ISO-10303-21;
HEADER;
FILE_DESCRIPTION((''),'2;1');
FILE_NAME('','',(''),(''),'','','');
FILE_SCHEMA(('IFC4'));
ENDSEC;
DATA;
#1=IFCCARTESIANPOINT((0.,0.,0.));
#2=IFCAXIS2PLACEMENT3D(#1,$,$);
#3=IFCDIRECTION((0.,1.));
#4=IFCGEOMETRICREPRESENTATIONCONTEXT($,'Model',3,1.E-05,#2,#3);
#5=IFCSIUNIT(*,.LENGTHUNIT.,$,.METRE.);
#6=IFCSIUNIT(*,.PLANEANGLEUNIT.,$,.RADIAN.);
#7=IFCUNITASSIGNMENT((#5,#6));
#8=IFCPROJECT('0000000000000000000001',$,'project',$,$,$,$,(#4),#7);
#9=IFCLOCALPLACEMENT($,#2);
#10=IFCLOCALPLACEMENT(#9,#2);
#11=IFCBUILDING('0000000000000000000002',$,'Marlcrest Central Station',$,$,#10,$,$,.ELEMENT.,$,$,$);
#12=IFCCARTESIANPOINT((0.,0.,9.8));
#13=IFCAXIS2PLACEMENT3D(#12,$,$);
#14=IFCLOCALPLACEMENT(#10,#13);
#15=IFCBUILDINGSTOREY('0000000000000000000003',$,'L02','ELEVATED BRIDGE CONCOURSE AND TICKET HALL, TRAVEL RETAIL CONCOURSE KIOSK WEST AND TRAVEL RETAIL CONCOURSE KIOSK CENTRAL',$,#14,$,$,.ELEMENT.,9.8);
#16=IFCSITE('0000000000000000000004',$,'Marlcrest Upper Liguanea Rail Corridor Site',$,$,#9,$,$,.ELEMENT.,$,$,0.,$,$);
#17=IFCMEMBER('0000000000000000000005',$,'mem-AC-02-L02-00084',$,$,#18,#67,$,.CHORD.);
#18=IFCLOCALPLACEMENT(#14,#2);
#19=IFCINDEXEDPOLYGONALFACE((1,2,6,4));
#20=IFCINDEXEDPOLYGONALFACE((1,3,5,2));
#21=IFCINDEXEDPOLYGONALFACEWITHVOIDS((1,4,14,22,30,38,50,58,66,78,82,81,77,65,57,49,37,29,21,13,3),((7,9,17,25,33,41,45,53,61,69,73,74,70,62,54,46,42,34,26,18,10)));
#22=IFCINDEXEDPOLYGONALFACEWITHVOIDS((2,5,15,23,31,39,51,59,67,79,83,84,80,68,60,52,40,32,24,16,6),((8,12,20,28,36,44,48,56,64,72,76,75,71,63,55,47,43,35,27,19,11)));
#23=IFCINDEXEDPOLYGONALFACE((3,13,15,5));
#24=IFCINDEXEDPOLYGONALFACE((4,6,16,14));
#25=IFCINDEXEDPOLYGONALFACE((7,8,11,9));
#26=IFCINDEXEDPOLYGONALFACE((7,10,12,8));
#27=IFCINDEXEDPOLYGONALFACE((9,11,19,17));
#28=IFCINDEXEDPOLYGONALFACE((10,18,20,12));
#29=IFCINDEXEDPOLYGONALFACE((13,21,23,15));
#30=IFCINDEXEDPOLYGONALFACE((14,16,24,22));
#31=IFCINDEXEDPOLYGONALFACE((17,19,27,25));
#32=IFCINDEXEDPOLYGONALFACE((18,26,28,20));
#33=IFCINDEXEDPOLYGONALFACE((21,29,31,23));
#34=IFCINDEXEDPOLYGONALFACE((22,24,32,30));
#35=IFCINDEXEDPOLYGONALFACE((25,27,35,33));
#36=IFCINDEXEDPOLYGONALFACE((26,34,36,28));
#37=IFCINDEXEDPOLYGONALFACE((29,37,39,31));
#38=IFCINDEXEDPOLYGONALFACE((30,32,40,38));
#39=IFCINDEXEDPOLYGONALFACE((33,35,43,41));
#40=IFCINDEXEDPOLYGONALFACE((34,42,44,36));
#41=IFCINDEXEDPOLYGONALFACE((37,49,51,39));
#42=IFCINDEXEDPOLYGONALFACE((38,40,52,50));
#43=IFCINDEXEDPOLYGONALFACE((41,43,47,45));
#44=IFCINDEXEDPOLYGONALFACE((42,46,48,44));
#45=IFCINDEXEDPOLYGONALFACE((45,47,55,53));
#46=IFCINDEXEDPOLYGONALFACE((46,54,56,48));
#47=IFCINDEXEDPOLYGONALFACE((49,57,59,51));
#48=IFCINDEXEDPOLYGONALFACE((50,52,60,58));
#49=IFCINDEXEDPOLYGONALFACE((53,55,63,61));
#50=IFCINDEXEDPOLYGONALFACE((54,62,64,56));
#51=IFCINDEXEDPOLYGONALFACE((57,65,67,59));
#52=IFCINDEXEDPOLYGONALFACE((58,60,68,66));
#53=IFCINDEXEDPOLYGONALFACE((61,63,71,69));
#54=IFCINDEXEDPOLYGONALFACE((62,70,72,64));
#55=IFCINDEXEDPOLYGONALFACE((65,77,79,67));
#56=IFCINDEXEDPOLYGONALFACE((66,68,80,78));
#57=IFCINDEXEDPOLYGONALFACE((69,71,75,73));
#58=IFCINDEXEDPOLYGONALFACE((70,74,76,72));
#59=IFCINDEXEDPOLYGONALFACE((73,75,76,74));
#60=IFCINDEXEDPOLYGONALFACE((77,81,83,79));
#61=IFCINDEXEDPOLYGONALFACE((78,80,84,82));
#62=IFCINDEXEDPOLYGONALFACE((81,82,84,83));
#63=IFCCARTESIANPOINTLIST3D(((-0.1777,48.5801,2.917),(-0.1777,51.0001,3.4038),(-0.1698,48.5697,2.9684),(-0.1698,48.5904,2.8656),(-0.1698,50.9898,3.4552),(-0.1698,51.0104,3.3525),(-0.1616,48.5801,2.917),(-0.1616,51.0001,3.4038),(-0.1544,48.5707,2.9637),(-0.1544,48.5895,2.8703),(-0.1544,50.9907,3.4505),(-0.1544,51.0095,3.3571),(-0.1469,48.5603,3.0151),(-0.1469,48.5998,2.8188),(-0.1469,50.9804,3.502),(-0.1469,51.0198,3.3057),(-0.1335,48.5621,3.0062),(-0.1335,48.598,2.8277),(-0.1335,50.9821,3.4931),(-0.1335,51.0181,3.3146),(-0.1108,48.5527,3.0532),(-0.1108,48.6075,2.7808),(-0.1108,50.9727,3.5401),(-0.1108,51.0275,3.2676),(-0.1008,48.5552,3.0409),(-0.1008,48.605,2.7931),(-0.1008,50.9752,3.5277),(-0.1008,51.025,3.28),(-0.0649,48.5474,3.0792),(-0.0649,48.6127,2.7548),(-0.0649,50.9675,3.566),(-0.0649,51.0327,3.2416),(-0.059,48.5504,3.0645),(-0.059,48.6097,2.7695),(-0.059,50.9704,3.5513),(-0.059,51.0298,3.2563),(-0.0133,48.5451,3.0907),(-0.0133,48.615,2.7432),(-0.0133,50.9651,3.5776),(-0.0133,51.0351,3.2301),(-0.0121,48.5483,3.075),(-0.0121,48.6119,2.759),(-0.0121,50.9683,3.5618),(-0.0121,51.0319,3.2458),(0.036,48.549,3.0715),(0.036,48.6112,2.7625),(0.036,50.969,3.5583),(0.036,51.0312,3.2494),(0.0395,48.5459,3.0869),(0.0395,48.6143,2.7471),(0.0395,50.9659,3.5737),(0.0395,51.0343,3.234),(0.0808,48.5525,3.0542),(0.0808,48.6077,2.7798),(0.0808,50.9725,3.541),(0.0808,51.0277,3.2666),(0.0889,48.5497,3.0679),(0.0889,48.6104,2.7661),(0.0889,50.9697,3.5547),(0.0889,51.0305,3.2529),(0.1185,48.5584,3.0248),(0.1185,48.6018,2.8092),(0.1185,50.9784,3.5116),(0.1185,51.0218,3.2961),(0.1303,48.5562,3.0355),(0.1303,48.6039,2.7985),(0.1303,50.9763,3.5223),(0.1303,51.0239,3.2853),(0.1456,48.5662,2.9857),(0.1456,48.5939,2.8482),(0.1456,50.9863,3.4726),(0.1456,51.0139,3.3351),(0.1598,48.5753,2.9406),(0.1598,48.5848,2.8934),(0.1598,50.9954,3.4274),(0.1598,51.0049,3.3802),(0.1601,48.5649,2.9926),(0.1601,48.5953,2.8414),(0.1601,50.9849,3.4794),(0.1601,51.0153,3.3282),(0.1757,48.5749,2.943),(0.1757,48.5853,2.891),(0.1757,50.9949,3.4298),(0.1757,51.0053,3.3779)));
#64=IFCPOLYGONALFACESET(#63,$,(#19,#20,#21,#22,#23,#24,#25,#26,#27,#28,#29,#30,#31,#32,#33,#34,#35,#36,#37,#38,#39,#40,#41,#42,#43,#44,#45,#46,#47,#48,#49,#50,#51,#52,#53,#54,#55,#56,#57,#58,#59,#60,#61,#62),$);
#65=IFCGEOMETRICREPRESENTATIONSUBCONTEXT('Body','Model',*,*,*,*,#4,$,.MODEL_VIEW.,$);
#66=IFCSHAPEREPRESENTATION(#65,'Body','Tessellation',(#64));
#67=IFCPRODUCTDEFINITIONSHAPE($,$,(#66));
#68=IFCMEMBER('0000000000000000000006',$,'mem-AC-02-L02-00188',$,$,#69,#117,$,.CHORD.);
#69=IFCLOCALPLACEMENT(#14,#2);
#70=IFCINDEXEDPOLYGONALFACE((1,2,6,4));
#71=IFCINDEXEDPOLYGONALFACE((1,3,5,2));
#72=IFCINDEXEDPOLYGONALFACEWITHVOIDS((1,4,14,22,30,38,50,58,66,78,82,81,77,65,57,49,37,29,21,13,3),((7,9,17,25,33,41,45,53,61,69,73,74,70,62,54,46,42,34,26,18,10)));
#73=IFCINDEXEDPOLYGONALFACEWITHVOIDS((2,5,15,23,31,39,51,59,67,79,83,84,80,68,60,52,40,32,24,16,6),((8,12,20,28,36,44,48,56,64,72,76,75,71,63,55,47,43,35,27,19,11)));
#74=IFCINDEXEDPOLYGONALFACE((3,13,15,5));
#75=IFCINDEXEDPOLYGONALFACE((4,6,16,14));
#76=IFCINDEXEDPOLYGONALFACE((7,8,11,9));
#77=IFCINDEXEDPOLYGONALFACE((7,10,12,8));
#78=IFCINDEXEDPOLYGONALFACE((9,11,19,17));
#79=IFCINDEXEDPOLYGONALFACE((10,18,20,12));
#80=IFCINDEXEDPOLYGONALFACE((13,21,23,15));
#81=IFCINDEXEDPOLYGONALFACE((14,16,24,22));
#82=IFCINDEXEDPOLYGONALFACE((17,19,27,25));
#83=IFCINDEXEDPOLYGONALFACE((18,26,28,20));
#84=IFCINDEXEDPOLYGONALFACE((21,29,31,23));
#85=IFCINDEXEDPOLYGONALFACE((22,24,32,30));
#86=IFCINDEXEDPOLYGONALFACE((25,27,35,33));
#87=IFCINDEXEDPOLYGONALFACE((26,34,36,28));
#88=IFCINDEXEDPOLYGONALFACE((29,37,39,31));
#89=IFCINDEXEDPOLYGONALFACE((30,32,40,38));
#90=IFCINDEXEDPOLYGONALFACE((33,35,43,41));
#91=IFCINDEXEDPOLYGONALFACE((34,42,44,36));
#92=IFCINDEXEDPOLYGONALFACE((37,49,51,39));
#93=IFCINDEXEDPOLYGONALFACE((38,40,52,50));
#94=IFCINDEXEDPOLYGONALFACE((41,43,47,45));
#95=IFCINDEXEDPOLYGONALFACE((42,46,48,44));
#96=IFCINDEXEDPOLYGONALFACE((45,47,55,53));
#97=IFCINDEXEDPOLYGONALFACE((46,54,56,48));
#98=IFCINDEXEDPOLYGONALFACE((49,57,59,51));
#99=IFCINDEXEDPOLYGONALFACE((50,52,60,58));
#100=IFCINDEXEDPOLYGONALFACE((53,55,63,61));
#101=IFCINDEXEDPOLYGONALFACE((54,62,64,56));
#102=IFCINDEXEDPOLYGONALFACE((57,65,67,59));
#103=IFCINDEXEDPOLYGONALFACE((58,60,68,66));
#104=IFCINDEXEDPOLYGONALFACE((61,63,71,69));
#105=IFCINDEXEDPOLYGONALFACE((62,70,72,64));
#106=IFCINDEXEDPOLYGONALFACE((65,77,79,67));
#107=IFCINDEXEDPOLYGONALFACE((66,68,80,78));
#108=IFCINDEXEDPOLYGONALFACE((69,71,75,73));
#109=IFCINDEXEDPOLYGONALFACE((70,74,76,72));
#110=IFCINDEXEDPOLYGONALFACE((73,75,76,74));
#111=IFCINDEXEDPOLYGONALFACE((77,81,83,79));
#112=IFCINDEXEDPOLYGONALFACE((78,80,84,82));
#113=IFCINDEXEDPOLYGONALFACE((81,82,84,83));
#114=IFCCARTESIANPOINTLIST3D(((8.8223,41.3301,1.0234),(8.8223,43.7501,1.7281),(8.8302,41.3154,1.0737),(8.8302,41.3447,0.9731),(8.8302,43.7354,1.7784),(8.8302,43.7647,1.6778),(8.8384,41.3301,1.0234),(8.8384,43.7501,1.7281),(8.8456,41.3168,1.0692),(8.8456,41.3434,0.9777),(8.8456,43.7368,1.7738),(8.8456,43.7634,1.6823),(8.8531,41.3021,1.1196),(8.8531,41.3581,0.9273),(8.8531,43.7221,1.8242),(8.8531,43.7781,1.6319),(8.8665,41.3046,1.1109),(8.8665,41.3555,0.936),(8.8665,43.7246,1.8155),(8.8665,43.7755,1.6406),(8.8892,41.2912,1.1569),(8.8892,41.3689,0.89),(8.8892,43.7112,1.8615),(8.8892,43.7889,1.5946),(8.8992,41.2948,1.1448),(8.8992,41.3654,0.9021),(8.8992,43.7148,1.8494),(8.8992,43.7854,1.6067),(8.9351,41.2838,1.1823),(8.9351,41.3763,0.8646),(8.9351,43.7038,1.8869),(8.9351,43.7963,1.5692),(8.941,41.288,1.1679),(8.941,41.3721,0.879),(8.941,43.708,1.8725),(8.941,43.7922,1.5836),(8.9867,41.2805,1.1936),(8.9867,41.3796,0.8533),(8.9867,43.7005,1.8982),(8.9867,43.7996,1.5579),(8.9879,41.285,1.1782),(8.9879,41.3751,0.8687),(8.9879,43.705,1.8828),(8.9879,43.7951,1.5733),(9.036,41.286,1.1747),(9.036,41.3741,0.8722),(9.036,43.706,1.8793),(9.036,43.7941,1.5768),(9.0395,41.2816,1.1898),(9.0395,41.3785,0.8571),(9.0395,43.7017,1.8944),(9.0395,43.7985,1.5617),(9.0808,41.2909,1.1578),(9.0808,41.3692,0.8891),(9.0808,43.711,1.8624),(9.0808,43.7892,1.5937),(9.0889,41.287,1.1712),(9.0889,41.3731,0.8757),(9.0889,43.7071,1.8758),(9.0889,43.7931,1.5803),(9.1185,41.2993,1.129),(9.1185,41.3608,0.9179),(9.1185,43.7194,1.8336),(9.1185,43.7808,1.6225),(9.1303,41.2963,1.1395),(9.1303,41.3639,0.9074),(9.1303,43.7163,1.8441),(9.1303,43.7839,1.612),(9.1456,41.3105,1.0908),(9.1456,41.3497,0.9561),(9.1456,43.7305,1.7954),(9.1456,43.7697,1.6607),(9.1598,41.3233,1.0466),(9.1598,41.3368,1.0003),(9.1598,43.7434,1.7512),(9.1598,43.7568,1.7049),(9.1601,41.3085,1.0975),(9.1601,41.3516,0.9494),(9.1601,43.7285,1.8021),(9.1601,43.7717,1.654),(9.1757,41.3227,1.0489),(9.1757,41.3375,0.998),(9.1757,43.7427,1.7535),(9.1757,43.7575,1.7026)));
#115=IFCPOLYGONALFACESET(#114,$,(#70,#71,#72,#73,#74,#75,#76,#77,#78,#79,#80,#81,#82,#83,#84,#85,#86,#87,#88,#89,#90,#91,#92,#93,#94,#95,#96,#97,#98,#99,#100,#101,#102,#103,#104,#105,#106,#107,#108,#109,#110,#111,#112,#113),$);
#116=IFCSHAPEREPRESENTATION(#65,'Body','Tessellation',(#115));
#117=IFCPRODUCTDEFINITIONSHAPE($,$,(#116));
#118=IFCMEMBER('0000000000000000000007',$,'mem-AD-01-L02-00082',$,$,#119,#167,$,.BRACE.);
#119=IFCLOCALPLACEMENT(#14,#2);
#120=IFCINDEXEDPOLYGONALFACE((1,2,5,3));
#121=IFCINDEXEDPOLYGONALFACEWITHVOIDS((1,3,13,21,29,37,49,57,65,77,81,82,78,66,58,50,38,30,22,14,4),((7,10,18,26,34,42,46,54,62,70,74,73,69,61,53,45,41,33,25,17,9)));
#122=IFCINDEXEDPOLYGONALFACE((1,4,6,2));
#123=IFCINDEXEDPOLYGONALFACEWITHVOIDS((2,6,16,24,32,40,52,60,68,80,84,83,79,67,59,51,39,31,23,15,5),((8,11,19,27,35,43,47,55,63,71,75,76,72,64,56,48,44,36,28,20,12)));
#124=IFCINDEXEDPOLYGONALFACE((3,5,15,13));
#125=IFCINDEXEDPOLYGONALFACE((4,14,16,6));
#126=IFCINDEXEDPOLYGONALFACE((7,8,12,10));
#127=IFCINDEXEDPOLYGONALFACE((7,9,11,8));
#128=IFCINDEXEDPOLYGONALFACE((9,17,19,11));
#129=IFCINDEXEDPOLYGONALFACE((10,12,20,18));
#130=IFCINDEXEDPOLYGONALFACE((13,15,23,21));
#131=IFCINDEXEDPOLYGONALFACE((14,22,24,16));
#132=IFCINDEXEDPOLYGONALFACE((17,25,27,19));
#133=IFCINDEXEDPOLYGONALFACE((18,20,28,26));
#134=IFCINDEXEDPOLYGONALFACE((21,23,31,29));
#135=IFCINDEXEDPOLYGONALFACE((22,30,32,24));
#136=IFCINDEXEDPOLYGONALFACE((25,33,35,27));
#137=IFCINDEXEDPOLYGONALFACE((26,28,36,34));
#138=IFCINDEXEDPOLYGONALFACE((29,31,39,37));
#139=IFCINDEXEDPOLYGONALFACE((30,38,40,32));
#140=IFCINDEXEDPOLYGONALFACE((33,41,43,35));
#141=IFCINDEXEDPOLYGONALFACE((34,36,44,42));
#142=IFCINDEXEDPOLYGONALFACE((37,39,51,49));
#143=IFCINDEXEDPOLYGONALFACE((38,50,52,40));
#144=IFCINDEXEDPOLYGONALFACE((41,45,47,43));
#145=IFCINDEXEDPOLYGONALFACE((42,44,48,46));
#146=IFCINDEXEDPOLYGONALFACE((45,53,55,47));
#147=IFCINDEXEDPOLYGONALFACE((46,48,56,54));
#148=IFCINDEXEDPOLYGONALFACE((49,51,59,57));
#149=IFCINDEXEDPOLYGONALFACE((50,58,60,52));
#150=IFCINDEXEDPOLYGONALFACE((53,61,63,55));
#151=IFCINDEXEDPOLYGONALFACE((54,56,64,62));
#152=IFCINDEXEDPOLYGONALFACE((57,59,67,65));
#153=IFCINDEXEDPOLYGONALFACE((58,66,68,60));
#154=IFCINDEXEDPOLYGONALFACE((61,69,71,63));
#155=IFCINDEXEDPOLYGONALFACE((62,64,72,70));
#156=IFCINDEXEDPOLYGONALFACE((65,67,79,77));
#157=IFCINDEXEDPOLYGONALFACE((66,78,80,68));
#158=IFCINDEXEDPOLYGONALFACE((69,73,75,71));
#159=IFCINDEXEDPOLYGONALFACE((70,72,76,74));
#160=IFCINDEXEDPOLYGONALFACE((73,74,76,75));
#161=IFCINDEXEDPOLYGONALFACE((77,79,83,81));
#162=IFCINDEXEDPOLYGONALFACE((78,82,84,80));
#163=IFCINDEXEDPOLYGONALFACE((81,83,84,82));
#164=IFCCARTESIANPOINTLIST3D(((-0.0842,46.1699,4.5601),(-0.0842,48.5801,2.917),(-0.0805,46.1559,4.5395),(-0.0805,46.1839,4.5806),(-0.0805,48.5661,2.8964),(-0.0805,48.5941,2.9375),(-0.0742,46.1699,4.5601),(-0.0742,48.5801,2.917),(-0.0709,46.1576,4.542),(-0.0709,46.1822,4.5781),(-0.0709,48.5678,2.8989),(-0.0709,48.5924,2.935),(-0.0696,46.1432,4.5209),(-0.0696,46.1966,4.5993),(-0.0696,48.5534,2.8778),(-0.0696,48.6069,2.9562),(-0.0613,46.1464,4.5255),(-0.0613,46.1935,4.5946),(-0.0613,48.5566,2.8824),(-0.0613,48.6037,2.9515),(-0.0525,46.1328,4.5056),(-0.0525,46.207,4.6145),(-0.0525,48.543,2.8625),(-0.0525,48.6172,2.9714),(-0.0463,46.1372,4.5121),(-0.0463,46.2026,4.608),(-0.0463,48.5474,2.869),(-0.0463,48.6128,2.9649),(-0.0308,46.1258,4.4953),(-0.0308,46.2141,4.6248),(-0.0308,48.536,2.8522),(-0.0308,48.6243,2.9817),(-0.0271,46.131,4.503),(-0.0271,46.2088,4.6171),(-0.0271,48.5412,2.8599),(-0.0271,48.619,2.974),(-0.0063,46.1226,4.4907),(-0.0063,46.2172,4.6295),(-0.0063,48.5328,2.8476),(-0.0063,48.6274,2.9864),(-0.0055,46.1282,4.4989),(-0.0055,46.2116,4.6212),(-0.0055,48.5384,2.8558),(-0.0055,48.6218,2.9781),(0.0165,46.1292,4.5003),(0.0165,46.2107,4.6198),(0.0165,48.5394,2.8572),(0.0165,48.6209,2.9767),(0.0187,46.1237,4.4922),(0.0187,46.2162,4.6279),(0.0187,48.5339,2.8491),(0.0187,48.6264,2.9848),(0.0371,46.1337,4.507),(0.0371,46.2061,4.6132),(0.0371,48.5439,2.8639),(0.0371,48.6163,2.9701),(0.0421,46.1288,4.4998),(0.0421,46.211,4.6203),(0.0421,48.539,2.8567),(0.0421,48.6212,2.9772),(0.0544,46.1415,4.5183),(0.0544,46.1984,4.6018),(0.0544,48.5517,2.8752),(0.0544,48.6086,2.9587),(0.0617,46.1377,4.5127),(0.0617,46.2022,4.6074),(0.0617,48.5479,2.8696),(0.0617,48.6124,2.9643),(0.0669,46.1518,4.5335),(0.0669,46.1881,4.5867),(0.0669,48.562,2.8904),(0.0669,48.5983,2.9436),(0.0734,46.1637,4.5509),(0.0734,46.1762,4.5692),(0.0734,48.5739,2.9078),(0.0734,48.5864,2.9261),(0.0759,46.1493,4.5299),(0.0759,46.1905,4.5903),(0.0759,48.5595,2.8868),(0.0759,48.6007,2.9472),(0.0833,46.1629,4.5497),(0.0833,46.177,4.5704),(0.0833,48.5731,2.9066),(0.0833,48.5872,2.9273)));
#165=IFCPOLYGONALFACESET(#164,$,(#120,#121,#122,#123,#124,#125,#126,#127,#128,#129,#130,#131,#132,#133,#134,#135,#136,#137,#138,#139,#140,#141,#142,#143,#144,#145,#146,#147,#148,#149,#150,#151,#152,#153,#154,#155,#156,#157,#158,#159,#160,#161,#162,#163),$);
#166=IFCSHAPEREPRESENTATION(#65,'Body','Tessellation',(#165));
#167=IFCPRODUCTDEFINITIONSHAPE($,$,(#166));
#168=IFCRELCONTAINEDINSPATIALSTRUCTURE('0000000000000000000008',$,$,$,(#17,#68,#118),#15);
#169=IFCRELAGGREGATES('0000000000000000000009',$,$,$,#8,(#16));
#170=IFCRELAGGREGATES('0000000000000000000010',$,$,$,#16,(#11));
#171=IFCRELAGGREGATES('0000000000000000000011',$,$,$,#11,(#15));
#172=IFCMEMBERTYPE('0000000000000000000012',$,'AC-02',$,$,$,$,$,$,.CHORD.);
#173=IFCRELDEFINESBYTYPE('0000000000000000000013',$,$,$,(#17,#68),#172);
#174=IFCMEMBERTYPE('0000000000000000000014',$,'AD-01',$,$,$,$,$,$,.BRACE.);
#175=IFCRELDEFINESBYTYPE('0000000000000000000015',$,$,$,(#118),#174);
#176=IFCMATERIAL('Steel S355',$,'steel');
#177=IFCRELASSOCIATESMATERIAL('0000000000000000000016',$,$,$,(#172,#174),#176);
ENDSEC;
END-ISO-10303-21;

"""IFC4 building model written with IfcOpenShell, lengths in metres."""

from ifc_helpers import new_model, si_unit, direction, frame, origin, origin_2d, place, context, subcontext, project, spatial, hollow_circle, extrude, material, material_profile, profile_set, type_object, element, save


model = new_model("IFC4")

# Units and contexts
model_context = context("Model", 3, precision=1e-05, world=origin(), true_north=direction((0.0, 1.0)))
body_context = subcontext(model_context, "Body", "Model", "MODEL_VIEW")
ifc_project = project(units=[si_unit("LENGTHUNIT", "METRE"), si_unit("PLANEANGLEUNIT", "RADIAN")], contexts=[model_context])

# Site, building, storey
site_placement = place(None, origin())
site = spatial("IfcSite", under=ifc_project, at=site_placement, Name="Marlcrest Upper Liguanea Rail Corridor Site", CompositionType="ELEMENT", RefElevation=0.0)
building_placement = place(site_placement, origin())
building = spatial("IfcBuilding", under=site, at=building_placement, Name="Marlcrest Central Station", CompositionType="ELEMENT")
storey_placement = place(building_placement, frame((0.0, 0.0, 9.8)))
storey = spatial("IfcBuildingStorey", under=building, at=storey_placement, Name="L02", Description="ELEVATED BRIDGE CONCOURSE AND TICKET HALL, TRAVEL RETAIL CONCOURSE KIOSK WEST AND TRAVEL RETAIL CONCOURSE KIOSK CENTRAL", CompositionType="ELEMENT", Elevation=9.8)

# Members
ifc_material_1 = material(Name="Steel S355", Category="steel")
ifc_material_profile_1 = material_profile(ifc_material_1, hollow_circle(Radius=0.1777, WallThickness=0.0161, at=origin_2d()), Name="CHS 355.6x16")
ifc_profile_set_1 = profile_set([ifc_material_profile_1], Name="Steel S355")
member_type_1 = type_object("IfcMemberType", Name="AC-02", PredefinedType="CHORD", material=ifc_profile_set_1)
member_1_placement = place(storey_placement, frame((0.0, 48.5801, 2.917), z_axis=(0.0, 0.980359, 0.197219), x_axis=(-1.0, 0.0, 0.0)))
element("IfcMember", 1, at=member_1_placement, inside=storey, type_object=member_type_1, Name="mem-AC-02-L02-00084", PredefinedType="CHORD", context=body_context, shape_type="SweptSolid", body=[
    extrude(hollow_circle(Radius=0.1777, WallThickness=0.0161, at=origin_2d()), origin(), (0.0, 0.0, 1.0), 2.4685),
])
member_2_placement = place(storey_placement, frame((9.0, 41.3301, 1.0234), z_axis=(0.0, 0.96013, 0.279554), x_axis=(-1.0, 0.0, 0.0)))
element("IfcMember", 2, at=member_2_placement, inside=storey, type_object=member_type_1, Name="mem-AC-02-L02-00188", PredefinedType="CHORD", context=body_context, shape_type="SweptSolid", body=[
    extrude(hollow_circle(Radius=0.1777, WallThickness=0.0161, at=origin_2d()), origin(), (0.0, 0.0, 1.0), 2.5205),
])
ifc_material_profile_2 = material_profile(ifc_material_1, hollow_circle(Radius=0.0842, WallThickness=0.01, at=origin_2d()), Name="CHS 168.3x10")
ifc_profile_set_2 = profile_set([ifc_material_profile_2], Name="Steel S355")
member_type_2 = type_object("IfcMemberType", Name="AD-01", PredefinedType="BRACE", material=ifc_profile_set_2)
member_3_placement = place(storey_placement, frame((0.0, 46.1699, 4.5601), z_axis=(0.0, 0.826263, -0.563285), x_axis=(-1.0, 0.0, 0.0)))
element("IfcMember", 3, at=member_3_placement, inside=storey, type_object=member_type_2, Name="mem-AD-01-L02-00082", PredefinedType="BRACE", context=body_context, shape_type="SweptSolid", body=[
    extrude(hollow_circle(Radius=0.0842, WallThickness=0.01, at=origin_2d()), origin(), (0.0, 0.0, 1.0), 2.917),
])

save(model, "model.ifc")
